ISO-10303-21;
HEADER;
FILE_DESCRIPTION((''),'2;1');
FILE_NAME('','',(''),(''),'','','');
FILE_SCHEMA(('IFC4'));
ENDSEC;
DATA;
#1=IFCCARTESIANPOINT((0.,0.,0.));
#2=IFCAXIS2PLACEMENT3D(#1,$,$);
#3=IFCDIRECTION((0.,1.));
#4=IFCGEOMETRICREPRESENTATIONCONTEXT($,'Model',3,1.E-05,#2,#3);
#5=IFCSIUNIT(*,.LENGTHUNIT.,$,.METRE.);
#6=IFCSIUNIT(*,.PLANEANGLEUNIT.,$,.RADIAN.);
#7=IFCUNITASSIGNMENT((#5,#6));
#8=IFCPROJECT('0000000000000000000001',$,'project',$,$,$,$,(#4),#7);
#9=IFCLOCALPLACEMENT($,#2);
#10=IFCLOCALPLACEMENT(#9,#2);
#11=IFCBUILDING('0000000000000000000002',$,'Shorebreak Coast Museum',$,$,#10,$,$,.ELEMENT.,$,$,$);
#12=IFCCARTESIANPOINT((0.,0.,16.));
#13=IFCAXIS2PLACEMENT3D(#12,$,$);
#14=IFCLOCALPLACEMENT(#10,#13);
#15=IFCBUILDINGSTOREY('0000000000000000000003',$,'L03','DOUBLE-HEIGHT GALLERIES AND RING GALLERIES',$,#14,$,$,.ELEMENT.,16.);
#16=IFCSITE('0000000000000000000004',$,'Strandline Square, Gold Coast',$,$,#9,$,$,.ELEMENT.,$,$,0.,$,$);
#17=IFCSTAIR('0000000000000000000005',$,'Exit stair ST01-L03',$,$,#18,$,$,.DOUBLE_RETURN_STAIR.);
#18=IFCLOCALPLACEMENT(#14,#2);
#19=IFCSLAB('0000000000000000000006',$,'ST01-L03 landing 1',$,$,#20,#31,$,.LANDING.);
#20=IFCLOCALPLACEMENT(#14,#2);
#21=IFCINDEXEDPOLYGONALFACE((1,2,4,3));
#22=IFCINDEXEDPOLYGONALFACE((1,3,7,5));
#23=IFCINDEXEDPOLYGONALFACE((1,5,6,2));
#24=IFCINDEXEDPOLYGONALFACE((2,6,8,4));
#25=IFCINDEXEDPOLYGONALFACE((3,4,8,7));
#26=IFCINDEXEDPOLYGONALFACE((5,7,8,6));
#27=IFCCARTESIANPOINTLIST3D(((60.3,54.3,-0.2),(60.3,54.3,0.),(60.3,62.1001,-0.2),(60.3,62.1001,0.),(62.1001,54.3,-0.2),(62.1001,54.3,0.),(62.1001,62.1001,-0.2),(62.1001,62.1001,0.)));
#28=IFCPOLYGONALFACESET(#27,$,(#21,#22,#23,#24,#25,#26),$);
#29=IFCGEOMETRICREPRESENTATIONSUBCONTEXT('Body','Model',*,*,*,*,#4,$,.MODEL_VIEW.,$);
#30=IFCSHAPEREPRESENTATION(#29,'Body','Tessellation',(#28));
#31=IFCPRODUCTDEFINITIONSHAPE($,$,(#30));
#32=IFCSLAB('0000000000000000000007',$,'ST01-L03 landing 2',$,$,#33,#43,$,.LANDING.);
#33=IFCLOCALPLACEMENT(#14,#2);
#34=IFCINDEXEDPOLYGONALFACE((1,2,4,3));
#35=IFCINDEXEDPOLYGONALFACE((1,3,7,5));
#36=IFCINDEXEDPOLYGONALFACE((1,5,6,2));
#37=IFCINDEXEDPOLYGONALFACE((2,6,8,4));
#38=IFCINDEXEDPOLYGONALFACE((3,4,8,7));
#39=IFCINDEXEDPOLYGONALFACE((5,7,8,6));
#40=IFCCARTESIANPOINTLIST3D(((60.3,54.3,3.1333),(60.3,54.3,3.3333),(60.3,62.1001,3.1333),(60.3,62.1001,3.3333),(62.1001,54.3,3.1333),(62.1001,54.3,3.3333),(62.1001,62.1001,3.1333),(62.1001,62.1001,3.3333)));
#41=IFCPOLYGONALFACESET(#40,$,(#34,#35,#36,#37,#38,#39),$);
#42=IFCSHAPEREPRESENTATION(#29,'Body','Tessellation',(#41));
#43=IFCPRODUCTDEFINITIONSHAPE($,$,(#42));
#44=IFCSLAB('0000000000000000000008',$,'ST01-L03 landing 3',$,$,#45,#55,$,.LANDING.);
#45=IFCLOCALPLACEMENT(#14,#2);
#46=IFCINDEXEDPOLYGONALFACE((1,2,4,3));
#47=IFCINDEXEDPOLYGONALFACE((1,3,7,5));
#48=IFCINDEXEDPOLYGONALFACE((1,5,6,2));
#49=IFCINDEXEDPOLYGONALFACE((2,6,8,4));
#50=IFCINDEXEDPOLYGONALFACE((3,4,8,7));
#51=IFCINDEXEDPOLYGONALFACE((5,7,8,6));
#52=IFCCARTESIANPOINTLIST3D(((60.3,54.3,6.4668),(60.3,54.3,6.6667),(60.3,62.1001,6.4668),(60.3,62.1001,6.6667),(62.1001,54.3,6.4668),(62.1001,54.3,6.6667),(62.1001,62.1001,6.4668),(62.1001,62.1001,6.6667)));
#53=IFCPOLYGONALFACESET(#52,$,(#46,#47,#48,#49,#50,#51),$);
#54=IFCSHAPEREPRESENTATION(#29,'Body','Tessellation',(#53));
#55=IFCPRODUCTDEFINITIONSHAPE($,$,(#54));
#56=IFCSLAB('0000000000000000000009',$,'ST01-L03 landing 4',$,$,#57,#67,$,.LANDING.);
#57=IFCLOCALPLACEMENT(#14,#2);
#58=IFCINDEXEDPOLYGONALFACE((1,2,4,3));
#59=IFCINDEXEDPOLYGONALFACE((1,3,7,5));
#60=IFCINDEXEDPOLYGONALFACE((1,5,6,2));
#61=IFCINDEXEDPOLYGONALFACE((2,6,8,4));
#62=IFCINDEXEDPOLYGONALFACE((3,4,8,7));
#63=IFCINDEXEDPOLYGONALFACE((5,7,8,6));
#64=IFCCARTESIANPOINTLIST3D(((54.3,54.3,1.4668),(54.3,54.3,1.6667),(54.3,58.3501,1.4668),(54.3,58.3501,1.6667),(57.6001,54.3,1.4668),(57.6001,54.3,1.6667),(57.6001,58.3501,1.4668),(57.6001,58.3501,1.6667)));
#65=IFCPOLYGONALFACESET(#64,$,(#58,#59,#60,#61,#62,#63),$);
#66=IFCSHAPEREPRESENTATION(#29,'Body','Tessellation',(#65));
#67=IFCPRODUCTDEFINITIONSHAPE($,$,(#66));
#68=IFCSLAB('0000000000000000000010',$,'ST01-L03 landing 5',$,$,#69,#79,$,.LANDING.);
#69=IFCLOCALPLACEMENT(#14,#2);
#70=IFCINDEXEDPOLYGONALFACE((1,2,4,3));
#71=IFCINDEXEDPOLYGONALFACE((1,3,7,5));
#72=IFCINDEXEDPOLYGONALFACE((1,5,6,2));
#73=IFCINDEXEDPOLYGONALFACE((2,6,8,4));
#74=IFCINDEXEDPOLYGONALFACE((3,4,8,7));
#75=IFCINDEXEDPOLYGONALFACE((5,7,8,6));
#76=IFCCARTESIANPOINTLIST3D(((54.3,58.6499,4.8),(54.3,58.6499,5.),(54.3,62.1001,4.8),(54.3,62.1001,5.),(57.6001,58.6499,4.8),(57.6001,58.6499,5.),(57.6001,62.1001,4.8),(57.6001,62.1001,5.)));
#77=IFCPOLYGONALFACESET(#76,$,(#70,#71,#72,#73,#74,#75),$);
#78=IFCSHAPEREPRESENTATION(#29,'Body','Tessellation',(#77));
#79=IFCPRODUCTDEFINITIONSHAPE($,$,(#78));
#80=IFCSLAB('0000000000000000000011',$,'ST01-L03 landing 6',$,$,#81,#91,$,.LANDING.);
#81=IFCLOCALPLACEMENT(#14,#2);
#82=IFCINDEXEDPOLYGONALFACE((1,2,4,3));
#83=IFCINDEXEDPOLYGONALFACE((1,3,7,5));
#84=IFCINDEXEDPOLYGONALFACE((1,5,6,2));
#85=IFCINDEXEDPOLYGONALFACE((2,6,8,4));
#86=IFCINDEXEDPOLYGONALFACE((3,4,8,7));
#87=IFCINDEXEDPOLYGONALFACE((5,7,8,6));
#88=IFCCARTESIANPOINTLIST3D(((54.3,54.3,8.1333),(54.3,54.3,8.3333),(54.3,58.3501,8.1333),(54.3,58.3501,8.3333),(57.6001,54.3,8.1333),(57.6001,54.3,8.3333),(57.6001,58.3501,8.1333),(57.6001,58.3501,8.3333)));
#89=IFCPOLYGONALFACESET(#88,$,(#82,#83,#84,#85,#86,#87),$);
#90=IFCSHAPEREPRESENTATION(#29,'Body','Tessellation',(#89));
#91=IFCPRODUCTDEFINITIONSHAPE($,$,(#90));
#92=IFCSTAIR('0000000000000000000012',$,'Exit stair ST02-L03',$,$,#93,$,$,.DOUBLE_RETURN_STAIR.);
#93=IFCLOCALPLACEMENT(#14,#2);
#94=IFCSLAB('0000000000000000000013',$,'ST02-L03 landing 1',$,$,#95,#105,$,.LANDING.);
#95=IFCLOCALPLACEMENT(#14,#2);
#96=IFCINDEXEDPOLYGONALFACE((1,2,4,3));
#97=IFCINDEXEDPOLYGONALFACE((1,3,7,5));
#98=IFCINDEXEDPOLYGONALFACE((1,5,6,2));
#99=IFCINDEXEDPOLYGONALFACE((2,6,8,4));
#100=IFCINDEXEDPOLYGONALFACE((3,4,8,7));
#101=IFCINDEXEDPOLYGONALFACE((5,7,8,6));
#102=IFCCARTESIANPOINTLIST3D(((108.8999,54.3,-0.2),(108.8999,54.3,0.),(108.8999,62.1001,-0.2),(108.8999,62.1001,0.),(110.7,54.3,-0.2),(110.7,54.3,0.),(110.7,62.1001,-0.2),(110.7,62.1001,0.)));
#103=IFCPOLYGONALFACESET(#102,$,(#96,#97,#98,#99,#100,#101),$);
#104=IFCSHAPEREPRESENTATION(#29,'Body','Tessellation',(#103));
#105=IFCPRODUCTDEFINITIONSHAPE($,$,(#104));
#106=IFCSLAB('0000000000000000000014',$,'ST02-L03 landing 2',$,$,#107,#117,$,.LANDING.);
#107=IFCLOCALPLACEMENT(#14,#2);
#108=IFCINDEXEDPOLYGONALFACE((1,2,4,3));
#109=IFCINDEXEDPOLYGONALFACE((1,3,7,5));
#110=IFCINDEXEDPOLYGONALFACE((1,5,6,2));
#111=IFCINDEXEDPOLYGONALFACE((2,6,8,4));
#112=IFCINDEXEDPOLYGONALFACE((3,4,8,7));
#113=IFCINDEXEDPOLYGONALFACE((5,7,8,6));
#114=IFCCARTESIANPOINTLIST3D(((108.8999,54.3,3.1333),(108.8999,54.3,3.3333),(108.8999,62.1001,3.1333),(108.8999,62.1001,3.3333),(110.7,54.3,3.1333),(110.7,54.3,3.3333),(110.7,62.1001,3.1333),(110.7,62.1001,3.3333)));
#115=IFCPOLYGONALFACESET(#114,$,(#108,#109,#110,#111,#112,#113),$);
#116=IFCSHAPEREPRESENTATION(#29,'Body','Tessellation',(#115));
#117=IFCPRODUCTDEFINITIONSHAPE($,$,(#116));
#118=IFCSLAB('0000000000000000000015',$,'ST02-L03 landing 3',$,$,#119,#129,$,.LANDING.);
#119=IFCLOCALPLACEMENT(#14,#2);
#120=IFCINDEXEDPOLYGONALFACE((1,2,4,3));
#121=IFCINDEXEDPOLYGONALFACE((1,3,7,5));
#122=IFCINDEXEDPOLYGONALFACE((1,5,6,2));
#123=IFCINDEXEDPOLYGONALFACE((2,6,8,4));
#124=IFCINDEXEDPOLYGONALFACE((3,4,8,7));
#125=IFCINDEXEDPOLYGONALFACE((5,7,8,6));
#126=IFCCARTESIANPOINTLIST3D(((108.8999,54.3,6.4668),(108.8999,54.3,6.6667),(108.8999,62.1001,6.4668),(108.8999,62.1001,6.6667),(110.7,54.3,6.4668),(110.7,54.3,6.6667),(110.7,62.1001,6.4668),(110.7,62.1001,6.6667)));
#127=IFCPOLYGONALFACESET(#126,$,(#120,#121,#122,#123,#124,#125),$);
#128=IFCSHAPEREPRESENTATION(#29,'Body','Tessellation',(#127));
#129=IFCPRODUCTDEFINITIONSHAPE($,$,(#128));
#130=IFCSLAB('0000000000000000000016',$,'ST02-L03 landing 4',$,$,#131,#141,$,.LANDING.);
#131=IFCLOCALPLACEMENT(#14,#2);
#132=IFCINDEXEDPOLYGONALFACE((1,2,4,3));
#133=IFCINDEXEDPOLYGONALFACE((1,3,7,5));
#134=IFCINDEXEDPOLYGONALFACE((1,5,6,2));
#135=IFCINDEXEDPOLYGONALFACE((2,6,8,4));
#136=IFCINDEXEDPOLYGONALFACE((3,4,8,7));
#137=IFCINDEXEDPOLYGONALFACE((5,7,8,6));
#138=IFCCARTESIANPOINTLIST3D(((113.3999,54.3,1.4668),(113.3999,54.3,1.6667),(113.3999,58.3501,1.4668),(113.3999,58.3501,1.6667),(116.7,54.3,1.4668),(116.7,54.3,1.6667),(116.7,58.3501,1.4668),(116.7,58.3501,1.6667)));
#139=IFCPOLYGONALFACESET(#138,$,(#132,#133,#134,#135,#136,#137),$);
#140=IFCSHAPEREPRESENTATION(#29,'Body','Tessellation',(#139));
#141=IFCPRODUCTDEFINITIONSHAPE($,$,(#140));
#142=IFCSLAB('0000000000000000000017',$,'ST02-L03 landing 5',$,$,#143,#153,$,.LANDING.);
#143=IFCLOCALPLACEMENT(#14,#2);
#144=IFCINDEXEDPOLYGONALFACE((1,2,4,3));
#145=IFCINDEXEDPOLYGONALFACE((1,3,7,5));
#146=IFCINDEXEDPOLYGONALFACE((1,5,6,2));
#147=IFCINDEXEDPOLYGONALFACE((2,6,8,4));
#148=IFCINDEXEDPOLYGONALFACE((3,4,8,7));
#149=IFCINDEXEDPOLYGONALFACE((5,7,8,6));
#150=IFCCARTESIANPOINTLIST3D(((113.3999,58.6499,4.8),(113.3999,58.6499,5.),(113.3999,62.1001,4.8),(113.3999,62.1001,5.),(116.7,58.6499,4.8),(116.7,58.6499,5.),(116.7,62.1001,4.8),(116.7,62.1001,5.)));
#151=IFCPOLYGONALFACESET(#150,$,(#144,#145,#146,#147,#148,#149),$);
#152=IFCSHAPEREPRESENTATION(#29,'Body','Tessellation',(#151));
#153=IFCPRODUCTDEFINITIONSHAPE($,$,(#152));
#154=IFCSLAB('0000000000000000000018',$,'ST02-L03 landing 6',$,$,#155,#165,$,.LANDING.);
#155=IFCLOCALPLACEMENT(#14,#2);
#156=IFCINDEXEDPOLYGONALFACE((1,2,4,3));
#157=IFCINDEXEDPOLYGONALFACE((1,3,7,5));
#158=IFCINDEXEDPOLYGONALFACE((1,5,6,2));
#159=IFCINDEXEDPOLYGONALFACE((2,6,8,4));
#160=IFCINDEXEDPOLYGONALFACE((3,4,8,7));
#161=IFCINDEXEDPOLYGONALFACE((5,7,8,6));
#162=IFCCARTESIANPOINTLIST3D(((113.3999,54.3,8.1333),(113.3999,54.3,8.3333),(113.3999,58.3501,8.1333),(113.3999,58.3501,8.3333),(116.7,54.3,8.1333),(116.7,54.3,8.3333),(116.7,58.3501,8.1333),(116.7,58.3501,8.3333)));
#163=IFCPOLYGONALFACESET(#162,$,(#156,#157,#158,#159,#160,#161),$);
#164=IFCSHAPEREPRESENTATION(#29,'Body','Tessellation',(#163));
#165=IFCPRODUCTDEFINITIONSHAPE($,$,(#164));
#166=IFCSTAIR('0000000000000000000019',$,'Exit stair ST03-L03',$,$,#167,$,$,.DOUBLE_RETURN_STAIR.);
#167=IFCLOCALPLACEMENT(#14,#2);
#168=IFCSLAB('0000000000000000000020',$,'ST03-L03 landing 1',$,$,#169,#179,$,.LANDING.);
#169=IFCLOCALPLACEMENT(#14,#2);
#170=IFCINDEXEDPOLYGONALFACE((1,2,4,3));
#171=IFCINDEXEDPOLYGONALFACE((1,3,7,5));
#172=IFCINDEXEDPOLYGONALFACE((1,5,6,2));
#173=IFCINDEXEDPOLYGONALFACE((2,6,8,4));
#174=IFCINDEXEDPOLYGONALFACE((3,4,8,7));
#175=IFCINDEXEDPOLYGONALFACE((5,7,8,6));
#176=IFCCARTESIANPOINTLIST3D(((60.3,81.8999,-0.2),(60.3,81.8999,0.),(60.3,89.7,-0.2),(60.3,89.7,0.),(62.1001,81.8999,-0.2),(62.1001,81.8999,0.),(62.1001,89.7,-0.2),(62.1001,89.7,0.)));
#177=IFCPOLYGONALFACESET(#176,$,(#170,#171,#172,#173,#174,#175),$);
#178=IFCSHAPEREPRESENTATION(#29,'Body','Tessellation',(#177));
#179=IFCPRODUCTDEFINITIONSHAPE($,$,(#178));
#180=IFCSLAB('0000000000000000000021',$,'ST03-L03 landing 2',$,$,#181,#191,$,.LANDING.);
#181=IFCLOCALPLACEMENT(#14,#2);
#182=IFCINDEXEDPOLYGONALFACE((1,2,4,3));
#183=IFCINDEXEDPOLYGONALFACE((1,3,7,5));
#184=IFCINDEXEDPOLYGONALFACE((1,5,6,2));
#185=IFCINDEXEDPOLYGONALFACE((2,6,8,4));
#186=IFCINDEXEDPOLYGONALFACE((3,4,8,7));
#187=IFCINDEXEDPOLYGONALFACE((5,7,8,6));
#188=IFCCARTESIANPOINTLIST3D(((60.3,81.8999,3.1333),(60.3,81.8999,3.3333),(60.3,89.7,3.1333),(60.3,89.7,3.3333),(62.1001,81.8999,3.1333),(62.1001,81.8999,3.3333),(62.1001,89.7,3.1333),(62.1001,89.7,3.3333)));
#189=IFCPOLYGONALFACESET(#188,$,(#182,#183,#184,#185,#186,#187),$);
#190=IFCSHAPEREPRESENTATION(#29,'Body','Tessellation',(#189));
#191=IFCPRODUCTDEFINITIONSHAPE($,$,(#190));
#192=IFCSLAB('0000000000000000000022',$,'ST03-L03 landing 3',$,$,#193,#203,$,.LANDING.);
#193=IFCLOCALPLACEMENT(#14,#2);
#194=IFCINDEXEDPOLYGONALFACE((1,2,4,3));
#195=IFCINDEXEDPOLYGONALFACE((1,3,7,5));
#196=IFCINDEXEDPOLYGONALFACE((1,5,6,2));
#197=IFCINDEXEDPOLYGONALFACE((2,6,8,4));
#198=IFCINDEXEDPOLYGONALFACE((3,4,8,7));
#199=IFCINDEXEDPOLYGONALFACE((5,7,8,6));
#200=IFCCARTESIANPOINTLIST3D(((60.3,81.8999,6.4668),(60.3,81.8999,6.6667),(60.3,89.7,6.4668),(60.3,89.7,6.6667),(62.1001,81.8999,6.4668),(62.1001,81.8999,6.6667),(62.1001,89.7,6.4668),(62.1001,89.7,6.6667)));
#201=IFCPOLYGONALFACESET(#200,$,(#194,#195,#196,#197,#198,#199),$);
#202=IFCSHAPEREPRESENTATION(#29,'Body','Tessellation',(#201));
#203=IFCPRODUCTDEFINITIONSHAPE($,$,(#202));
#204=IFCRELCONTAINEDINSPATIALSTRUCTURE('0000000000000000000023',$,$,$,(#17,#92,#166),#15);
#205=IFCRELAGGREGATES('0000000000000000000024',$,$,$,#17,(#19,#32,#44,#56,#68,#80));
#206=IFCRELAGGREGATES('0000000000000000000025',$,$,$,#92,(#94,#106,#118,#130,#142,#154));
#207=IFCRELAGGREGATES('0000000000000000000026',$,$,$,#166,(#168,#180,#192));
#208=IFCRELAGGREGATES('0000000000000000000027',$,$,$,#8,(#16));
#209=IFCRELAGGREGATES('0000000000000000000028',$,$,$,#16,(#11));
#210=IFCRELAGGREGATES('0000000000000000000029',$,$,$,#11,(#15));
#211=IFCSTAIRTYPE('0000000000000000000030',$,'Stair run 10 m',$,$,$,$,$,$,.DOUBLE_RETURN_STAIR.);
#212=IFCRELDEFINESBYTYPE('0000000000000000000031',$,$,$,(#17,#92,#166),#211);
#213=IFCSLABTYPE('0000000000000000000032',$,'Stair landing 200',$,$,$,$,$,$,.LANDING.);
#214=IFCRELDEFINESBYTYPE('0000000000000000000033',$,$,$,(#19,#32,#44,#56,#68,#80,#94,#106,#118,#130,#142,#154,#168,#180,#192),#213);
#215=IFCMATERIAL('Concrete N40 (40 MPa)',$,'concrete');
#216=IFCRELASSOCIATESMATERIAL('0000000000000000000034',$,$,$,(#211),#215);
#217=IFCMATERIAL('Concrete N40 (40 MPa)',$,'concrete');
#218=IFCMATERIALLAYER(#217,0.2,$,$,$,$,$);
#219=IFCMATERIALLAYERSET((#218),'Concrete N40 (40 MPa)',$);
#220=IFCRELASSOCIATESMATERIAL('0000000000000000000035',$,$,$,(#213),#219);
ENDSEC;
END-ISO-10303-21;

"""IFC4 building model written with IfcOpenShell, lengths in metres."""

from ifc_helpers import new_model, si_unit, direction, frame, origin, place, context, subcontext, project, spatial, polyline, outline, extrude, material, layer, layer_set, type_object, element, aggregate, save


model = new_model("IFC4")

# Units and contexts
model_context = context("Model", 3, precision=1e-05, world=origin(), true_north=direction((0.0, 1.0)))
body_context = subcontext(model_context, "Body", "Model", "MODEL_VIEW")
ifc_project = project(units=[si_unit("LENGTHUNIT", "METRE"), si_unit("PLANEANGLEUNIT", "RADIAN")], contexts=[model_context])

# Site, building, storey
site_placement = place(None, origin())
site = spatial("IfcSite", under=ifc_project, at=site_placement, Name="Strandline Square, Gold Coast", CompositionType="ELEMENT", RefElevation=0.0)
building_placement = place(site_placement, origin())
building = spatial("IfcBuilding", under=site, at=building_placement, Name="Shorebreak Coast Museum", CompositionType="ELEMENT")
storey_placement = place(building_placement, frame((0.0, 0.0, 16.0)))
storey = spatial("IfcBuildingStorey", under=building, at=storey_placement, Name="L03", Description="DOUBLE-HEIGHT GALLERIES AND RING GALLERIES", CompositionType="ELEMENT", Elevation=16.0)

# Stairs, slabs
ifc_material_1 = material(Name="Concrete N40 (40 MPa)", Category="concrete")
stair_type = type_object("IfcStairType", Name="Stair run 10 m", PredefinedType="DOUBLE_RETURN_STAIR", material=ifc_material_1)
stair_1_placement = place(storey_placement, origin())
stair_1 = element("IfcStair", 1, at=stair_1_placement, inside=storey, type_object=stair_type, Name="Exit stair ST01-L03", PredefinedType="DOUBLE_RETURN_STAIR")
ifc_material_2 = material(Name="Concrete N40 (40 MPa)", Category="concrete")
ifc_layer_1 = layer(ifc_material_2, 0.2)
ifc_layer_set_1 = layer_set([ifc_layer_1], Name="Concrete N40 (40 MPa)")
slab_type_1 = type_object("IfcSlabType", Name="Stair landing 200", PredefinedType="LANDING", material=ifc_layer_set_1)
slab_1_placement = place(storey_placement, frame((0.0, 0.0, -0.2)))
slab_1 = element("IfcSlab", 2, at=slab_1_placement, type_object=slab_type_1, Name="ST01-L03 landing 1", PredefinedType="LANDING", context=body_context, shape_type="SweptSolid", body=[
    extrude(outline(polyline([(60.3, 54.3), (62.1001, 54.3), (62.1001, 62.1001), (60.3, 62.1001), (60.3, 54.3)])), origin(), (0.0, 0.0, 1.0), 0.2),
])
slab_2_placement = place(storey_placement, frame((0.0, 0.0, 3.1333)))
slab_2 = element("IfcSlab", 3, at=slab_2_placement, type_object=slab_type_1, Name="ST01-L03 landing 2", PredefinedType="LANDING", context=body_context, shape_type="SweptSolid", body=[
    extrude(outline(polyline([(60.3, 54.3), (62.1001, 54.3), (62.1001, 62.1001), (60.3, 62.1001), (60.3, 54.3)])), origin(), (0.0, 0.0, 1.0), 0.2),
])
slab_3_placement = place(storey_placement, frame((0.0, 0.0, 6.4668)))
slab_3 = element("IfcSlab", 4, at=slab_3_placement, type_object=slab_type_1, Name="ST01-L03 landing 3", PredefinedType="LANDING", context=body_context, shape_type="SweptSolid", body=[
    extrude(outline(polyline([(60.3, 54.3), (62.1001, 54.3), (62.1001, 62.1001), (60.3, 62.1001), (60.3, 54.3)])), origin(), (0.0, 0.0, 1.0), 0.2),
])
slab_4_placement = place(storey_placement, frame((0.0, 0.0, 1.4668)))
slab_4 = element("IfcSlab", 5, at=slab_4_placement, type_object=slab_type_1, Name="ST01-L03 landing 4", PredefinedType="LANDING", context=body_context, shape_type="SweptSolid", body=[
    extrude(outline(polyline([(54.3, 54.3), (57.6001, 54.3), (57.6001, 58.3501), (54.3, 58.3501), (54.3, 54.3)])), origin(), (0.0, 0.0, 1.0), 0.2),
])
slab_5_placement = place(storey_placement, frame((0.0, 0.0, 4.8)))
slab_5 = element("IfcSlab", 6, at=slab_5_placement, type_object=slab_type_1, Name="ST01-L03 landing 5", PredefinedType="LANDING", context=body_context, shape_type="SweptSolid", body=[
    extrude(outline(polyline([(54.3, 58.6499), (57.6001, 58.6499), (57.6001, 62.1001), (54.3, 62.1001), (54.3, 58.6499)])), origin(), (0.0, 0.0, 1.0), 0.2),
])
slab_6_placement = place(storey_placement, frame((0.0, 0.0, 8.1333)))
slab_6 = element("IfcSlab", 7, at=slab_6_placement, type_object=slab_type_1, Name="ST01-L03 landing 6", PredefinedType="LANDING", context=body_context, shape_type="SweptSolid", body=[
    extrude(outline(polyline([(54.3, 54.3), (57.6001, 54.3), (57.6001, 58.3501), (54.3, 58.3501), (54.3, 54.3)])), origin(), (0.0, 0.0, 1.0), 0.2),
])
aggregate(stair_1, [slab_1, slab_2, slab_3, slab_4, slab_5, slab_6])
stair_2_placement = place(storey_placement, origin())
stair_2 = element("IfcStair", 8, at=stair_2_placement, inside=storey, type_object=stair_type, Name="Exit stair ST02-L03", PredefinedType="DOUBLE_RETURN_STAIR")
slab_7_placement = place(storey_placement, frame((0.0, 0.0, -0.2)))
slab_7 = element("IfcSlab", 9, at=slab_7_placement, type_object=slab_type_1, Name="ST02-L03 landing 1", PredefinedType="LANDING", context=body_context, shape_type="SweptSolid", body=[
    extrude(outline(polyline([(108.8999, 54.3), (110.7, 54.3), (110.7, 62.1001), (108.8999, 62.1001), (108.8999, 54.3)])), origin(), (0.0, 0.0, 1.0), 0.2),
])
slab_8_placement = place(storey_placement, frame((0.0, 0.0, 3.1333)))
slab_8 = element("IfcSlab", 10, at=slab_8_placement, type_object=slab_type_1, Name="ST02-L03 landing 2", PredefinedType="LANDING", context=body_context, shape_type="SweptSolid", body=[
    extrude(outline(polyline([(108.8999, 54.3), (110.7, 54.3), (110.7, 62.1001), (108.8999, 62.1001), (108.8999, 54.3)])), origin(), (0.0, 0.0, 1.0), 0.2),
])
slab_9_placement = place(storey_placement, frame((0.0, 0.0, 6.4668)))
slab_9 = element("IfcSlab", 11, at=slab_9_placement, type_object=slab_type_1, Name="ST02-L03 landing 3", PredefinedType="LANDING", context=body_context, shape_type="SweptSolid", body=[
    extrude(outline(polyline([(108.8999, 54.3), (110.7, 54.3), (110.7, 62.1001), (108.8999, 62.1001), (108.8999, 54.3)])), origin(), (0.0, 0.0, 1.0), 0.2),
])
slab_10_placement = place(storey_placement, frame((0.0, 0.0, 1.4668)))
slab_10 = element("IfcSlab", 12, at=slab_10_placement, type_object=slab_type_1, Name="ST02-L03 landing 4", PredefinedType="LANDING", context=body_context, shape_type="SweptSolid", body=[
    extrude(outline(polyline([(113.3999, 54.3), (116.7, 54.3), (116.7, 58.3501), (113.3999, 58.3501), (113.3999, 54.3)])), origin(), (0.0, 0.0, 1.0), 0.2),
])
slab_11_placement = place(storey_placement, frame((0.0, 0.0, 4.8)))
slab_11 = element("IfcSlab", 13, at=slab_11_placement, type_object=slab_type_1, Name="ST02-L03 landing 5", PredefinedType="LANDING", context=body_context, shape_type="SweptSolid", body=[
    extrude(outline(polyline([(113.3999, 58.6499), (116.7, 58.6499), (116.7, 62.1001), (113.3999, 62.1001), (113.3999, 58.6499)])), origin(), (0.0, 0.0, 1.0), 0.2),
])
slab_12_placement = place(storey_placement, frame((0.0, 0.0, 8.1333)))
slab_12 = element("IfcSlab", 14, at=slab_12_placement, type_object=slab_type_1, Name="ST02-L03 landing 6", PredefinedType="LANDING", context=body_context, shape_type="SweptSolid", body=[
    extrude(outline(polyline([(113.3999, 54.3), (116.7, 54.3), (116.7, 58.3501), (113.3999, 58.3501), (113.3999, 54.3)])), origin(), (0.0, 0.0, 1.0), 0.2),
])
aggregate(stair_2, [slab_7, slab_8, slab_9, slab_10, slab_11, slab_12])
stair_3_placement = place(storey_placement, origin())
stair_3 = element("IfcStair", 15, at=stair_3_placement, inside=storey, type_object=stair_type, Name="Exit stair ST03-L03", PredefinedType="DOUBLE_RETURN_STAIR")
slab_13_placement = place(storey_placement, frame((0.0, 0.0, -0.2)))
slab_13 = element("IfcSlab", 16, at=slab_13_placement, type_object=slab_type_1, Name="ST03-L03 landing 1", PredefinedType="LANDING", context=body_context, shape_type="SweptSolid", body=[
    extrude(outline(polyline([(60.3, 81.8999), (62.1001, 81.8999), (62.1001, 89.7), (60.3, 89.7), (60.3, 81.8999)])), origin(), (0.0, 0.0, 1.0), 0.2),
])
slab_14_placement = place(storey_placement, frame((0.0, 0.0, 3.1333)))
slab_14 = element("IfcSlab", 17, at=slab_14_placement, type_object=slab_type_1, Name="ST03-L03 landing 2", PredefinedType="LANDING", context=body_context, shape_type="SweptSolid", body=[
    extrude(outline(polyline([(60.3, 81.8999), (62.1001, 81.8999), (62.1001, 89.7), (60.3, 89.7), (60.3, 81.8999)])), origin(), (0.0, 0.0, 1.0), 0.2),
])
slab_15_placement = place(storey_placement, frame((0.0, 0.0, 6.4668)))
slab_15 = element("IfcSlab", 18, at=slab_15_placement, type_object=slab_type_1, Name="ST03-L03 landing 3", PredefinedType="LANDING", context=body_context, shape_type="SweptSolid", body=[
    extrude(outline(polyline([(60.3, 81.8999), (62.1001, 81.8999), (62.1001, 89.7), (60.3, 89.7), (60.3, 81.8999)])), origin(), (0.0, 0.0, 1.0), 0.2),
])
aggregate(stair_3, [slab_13, slab_14, slab_15])

save(model, "model.ifc")
